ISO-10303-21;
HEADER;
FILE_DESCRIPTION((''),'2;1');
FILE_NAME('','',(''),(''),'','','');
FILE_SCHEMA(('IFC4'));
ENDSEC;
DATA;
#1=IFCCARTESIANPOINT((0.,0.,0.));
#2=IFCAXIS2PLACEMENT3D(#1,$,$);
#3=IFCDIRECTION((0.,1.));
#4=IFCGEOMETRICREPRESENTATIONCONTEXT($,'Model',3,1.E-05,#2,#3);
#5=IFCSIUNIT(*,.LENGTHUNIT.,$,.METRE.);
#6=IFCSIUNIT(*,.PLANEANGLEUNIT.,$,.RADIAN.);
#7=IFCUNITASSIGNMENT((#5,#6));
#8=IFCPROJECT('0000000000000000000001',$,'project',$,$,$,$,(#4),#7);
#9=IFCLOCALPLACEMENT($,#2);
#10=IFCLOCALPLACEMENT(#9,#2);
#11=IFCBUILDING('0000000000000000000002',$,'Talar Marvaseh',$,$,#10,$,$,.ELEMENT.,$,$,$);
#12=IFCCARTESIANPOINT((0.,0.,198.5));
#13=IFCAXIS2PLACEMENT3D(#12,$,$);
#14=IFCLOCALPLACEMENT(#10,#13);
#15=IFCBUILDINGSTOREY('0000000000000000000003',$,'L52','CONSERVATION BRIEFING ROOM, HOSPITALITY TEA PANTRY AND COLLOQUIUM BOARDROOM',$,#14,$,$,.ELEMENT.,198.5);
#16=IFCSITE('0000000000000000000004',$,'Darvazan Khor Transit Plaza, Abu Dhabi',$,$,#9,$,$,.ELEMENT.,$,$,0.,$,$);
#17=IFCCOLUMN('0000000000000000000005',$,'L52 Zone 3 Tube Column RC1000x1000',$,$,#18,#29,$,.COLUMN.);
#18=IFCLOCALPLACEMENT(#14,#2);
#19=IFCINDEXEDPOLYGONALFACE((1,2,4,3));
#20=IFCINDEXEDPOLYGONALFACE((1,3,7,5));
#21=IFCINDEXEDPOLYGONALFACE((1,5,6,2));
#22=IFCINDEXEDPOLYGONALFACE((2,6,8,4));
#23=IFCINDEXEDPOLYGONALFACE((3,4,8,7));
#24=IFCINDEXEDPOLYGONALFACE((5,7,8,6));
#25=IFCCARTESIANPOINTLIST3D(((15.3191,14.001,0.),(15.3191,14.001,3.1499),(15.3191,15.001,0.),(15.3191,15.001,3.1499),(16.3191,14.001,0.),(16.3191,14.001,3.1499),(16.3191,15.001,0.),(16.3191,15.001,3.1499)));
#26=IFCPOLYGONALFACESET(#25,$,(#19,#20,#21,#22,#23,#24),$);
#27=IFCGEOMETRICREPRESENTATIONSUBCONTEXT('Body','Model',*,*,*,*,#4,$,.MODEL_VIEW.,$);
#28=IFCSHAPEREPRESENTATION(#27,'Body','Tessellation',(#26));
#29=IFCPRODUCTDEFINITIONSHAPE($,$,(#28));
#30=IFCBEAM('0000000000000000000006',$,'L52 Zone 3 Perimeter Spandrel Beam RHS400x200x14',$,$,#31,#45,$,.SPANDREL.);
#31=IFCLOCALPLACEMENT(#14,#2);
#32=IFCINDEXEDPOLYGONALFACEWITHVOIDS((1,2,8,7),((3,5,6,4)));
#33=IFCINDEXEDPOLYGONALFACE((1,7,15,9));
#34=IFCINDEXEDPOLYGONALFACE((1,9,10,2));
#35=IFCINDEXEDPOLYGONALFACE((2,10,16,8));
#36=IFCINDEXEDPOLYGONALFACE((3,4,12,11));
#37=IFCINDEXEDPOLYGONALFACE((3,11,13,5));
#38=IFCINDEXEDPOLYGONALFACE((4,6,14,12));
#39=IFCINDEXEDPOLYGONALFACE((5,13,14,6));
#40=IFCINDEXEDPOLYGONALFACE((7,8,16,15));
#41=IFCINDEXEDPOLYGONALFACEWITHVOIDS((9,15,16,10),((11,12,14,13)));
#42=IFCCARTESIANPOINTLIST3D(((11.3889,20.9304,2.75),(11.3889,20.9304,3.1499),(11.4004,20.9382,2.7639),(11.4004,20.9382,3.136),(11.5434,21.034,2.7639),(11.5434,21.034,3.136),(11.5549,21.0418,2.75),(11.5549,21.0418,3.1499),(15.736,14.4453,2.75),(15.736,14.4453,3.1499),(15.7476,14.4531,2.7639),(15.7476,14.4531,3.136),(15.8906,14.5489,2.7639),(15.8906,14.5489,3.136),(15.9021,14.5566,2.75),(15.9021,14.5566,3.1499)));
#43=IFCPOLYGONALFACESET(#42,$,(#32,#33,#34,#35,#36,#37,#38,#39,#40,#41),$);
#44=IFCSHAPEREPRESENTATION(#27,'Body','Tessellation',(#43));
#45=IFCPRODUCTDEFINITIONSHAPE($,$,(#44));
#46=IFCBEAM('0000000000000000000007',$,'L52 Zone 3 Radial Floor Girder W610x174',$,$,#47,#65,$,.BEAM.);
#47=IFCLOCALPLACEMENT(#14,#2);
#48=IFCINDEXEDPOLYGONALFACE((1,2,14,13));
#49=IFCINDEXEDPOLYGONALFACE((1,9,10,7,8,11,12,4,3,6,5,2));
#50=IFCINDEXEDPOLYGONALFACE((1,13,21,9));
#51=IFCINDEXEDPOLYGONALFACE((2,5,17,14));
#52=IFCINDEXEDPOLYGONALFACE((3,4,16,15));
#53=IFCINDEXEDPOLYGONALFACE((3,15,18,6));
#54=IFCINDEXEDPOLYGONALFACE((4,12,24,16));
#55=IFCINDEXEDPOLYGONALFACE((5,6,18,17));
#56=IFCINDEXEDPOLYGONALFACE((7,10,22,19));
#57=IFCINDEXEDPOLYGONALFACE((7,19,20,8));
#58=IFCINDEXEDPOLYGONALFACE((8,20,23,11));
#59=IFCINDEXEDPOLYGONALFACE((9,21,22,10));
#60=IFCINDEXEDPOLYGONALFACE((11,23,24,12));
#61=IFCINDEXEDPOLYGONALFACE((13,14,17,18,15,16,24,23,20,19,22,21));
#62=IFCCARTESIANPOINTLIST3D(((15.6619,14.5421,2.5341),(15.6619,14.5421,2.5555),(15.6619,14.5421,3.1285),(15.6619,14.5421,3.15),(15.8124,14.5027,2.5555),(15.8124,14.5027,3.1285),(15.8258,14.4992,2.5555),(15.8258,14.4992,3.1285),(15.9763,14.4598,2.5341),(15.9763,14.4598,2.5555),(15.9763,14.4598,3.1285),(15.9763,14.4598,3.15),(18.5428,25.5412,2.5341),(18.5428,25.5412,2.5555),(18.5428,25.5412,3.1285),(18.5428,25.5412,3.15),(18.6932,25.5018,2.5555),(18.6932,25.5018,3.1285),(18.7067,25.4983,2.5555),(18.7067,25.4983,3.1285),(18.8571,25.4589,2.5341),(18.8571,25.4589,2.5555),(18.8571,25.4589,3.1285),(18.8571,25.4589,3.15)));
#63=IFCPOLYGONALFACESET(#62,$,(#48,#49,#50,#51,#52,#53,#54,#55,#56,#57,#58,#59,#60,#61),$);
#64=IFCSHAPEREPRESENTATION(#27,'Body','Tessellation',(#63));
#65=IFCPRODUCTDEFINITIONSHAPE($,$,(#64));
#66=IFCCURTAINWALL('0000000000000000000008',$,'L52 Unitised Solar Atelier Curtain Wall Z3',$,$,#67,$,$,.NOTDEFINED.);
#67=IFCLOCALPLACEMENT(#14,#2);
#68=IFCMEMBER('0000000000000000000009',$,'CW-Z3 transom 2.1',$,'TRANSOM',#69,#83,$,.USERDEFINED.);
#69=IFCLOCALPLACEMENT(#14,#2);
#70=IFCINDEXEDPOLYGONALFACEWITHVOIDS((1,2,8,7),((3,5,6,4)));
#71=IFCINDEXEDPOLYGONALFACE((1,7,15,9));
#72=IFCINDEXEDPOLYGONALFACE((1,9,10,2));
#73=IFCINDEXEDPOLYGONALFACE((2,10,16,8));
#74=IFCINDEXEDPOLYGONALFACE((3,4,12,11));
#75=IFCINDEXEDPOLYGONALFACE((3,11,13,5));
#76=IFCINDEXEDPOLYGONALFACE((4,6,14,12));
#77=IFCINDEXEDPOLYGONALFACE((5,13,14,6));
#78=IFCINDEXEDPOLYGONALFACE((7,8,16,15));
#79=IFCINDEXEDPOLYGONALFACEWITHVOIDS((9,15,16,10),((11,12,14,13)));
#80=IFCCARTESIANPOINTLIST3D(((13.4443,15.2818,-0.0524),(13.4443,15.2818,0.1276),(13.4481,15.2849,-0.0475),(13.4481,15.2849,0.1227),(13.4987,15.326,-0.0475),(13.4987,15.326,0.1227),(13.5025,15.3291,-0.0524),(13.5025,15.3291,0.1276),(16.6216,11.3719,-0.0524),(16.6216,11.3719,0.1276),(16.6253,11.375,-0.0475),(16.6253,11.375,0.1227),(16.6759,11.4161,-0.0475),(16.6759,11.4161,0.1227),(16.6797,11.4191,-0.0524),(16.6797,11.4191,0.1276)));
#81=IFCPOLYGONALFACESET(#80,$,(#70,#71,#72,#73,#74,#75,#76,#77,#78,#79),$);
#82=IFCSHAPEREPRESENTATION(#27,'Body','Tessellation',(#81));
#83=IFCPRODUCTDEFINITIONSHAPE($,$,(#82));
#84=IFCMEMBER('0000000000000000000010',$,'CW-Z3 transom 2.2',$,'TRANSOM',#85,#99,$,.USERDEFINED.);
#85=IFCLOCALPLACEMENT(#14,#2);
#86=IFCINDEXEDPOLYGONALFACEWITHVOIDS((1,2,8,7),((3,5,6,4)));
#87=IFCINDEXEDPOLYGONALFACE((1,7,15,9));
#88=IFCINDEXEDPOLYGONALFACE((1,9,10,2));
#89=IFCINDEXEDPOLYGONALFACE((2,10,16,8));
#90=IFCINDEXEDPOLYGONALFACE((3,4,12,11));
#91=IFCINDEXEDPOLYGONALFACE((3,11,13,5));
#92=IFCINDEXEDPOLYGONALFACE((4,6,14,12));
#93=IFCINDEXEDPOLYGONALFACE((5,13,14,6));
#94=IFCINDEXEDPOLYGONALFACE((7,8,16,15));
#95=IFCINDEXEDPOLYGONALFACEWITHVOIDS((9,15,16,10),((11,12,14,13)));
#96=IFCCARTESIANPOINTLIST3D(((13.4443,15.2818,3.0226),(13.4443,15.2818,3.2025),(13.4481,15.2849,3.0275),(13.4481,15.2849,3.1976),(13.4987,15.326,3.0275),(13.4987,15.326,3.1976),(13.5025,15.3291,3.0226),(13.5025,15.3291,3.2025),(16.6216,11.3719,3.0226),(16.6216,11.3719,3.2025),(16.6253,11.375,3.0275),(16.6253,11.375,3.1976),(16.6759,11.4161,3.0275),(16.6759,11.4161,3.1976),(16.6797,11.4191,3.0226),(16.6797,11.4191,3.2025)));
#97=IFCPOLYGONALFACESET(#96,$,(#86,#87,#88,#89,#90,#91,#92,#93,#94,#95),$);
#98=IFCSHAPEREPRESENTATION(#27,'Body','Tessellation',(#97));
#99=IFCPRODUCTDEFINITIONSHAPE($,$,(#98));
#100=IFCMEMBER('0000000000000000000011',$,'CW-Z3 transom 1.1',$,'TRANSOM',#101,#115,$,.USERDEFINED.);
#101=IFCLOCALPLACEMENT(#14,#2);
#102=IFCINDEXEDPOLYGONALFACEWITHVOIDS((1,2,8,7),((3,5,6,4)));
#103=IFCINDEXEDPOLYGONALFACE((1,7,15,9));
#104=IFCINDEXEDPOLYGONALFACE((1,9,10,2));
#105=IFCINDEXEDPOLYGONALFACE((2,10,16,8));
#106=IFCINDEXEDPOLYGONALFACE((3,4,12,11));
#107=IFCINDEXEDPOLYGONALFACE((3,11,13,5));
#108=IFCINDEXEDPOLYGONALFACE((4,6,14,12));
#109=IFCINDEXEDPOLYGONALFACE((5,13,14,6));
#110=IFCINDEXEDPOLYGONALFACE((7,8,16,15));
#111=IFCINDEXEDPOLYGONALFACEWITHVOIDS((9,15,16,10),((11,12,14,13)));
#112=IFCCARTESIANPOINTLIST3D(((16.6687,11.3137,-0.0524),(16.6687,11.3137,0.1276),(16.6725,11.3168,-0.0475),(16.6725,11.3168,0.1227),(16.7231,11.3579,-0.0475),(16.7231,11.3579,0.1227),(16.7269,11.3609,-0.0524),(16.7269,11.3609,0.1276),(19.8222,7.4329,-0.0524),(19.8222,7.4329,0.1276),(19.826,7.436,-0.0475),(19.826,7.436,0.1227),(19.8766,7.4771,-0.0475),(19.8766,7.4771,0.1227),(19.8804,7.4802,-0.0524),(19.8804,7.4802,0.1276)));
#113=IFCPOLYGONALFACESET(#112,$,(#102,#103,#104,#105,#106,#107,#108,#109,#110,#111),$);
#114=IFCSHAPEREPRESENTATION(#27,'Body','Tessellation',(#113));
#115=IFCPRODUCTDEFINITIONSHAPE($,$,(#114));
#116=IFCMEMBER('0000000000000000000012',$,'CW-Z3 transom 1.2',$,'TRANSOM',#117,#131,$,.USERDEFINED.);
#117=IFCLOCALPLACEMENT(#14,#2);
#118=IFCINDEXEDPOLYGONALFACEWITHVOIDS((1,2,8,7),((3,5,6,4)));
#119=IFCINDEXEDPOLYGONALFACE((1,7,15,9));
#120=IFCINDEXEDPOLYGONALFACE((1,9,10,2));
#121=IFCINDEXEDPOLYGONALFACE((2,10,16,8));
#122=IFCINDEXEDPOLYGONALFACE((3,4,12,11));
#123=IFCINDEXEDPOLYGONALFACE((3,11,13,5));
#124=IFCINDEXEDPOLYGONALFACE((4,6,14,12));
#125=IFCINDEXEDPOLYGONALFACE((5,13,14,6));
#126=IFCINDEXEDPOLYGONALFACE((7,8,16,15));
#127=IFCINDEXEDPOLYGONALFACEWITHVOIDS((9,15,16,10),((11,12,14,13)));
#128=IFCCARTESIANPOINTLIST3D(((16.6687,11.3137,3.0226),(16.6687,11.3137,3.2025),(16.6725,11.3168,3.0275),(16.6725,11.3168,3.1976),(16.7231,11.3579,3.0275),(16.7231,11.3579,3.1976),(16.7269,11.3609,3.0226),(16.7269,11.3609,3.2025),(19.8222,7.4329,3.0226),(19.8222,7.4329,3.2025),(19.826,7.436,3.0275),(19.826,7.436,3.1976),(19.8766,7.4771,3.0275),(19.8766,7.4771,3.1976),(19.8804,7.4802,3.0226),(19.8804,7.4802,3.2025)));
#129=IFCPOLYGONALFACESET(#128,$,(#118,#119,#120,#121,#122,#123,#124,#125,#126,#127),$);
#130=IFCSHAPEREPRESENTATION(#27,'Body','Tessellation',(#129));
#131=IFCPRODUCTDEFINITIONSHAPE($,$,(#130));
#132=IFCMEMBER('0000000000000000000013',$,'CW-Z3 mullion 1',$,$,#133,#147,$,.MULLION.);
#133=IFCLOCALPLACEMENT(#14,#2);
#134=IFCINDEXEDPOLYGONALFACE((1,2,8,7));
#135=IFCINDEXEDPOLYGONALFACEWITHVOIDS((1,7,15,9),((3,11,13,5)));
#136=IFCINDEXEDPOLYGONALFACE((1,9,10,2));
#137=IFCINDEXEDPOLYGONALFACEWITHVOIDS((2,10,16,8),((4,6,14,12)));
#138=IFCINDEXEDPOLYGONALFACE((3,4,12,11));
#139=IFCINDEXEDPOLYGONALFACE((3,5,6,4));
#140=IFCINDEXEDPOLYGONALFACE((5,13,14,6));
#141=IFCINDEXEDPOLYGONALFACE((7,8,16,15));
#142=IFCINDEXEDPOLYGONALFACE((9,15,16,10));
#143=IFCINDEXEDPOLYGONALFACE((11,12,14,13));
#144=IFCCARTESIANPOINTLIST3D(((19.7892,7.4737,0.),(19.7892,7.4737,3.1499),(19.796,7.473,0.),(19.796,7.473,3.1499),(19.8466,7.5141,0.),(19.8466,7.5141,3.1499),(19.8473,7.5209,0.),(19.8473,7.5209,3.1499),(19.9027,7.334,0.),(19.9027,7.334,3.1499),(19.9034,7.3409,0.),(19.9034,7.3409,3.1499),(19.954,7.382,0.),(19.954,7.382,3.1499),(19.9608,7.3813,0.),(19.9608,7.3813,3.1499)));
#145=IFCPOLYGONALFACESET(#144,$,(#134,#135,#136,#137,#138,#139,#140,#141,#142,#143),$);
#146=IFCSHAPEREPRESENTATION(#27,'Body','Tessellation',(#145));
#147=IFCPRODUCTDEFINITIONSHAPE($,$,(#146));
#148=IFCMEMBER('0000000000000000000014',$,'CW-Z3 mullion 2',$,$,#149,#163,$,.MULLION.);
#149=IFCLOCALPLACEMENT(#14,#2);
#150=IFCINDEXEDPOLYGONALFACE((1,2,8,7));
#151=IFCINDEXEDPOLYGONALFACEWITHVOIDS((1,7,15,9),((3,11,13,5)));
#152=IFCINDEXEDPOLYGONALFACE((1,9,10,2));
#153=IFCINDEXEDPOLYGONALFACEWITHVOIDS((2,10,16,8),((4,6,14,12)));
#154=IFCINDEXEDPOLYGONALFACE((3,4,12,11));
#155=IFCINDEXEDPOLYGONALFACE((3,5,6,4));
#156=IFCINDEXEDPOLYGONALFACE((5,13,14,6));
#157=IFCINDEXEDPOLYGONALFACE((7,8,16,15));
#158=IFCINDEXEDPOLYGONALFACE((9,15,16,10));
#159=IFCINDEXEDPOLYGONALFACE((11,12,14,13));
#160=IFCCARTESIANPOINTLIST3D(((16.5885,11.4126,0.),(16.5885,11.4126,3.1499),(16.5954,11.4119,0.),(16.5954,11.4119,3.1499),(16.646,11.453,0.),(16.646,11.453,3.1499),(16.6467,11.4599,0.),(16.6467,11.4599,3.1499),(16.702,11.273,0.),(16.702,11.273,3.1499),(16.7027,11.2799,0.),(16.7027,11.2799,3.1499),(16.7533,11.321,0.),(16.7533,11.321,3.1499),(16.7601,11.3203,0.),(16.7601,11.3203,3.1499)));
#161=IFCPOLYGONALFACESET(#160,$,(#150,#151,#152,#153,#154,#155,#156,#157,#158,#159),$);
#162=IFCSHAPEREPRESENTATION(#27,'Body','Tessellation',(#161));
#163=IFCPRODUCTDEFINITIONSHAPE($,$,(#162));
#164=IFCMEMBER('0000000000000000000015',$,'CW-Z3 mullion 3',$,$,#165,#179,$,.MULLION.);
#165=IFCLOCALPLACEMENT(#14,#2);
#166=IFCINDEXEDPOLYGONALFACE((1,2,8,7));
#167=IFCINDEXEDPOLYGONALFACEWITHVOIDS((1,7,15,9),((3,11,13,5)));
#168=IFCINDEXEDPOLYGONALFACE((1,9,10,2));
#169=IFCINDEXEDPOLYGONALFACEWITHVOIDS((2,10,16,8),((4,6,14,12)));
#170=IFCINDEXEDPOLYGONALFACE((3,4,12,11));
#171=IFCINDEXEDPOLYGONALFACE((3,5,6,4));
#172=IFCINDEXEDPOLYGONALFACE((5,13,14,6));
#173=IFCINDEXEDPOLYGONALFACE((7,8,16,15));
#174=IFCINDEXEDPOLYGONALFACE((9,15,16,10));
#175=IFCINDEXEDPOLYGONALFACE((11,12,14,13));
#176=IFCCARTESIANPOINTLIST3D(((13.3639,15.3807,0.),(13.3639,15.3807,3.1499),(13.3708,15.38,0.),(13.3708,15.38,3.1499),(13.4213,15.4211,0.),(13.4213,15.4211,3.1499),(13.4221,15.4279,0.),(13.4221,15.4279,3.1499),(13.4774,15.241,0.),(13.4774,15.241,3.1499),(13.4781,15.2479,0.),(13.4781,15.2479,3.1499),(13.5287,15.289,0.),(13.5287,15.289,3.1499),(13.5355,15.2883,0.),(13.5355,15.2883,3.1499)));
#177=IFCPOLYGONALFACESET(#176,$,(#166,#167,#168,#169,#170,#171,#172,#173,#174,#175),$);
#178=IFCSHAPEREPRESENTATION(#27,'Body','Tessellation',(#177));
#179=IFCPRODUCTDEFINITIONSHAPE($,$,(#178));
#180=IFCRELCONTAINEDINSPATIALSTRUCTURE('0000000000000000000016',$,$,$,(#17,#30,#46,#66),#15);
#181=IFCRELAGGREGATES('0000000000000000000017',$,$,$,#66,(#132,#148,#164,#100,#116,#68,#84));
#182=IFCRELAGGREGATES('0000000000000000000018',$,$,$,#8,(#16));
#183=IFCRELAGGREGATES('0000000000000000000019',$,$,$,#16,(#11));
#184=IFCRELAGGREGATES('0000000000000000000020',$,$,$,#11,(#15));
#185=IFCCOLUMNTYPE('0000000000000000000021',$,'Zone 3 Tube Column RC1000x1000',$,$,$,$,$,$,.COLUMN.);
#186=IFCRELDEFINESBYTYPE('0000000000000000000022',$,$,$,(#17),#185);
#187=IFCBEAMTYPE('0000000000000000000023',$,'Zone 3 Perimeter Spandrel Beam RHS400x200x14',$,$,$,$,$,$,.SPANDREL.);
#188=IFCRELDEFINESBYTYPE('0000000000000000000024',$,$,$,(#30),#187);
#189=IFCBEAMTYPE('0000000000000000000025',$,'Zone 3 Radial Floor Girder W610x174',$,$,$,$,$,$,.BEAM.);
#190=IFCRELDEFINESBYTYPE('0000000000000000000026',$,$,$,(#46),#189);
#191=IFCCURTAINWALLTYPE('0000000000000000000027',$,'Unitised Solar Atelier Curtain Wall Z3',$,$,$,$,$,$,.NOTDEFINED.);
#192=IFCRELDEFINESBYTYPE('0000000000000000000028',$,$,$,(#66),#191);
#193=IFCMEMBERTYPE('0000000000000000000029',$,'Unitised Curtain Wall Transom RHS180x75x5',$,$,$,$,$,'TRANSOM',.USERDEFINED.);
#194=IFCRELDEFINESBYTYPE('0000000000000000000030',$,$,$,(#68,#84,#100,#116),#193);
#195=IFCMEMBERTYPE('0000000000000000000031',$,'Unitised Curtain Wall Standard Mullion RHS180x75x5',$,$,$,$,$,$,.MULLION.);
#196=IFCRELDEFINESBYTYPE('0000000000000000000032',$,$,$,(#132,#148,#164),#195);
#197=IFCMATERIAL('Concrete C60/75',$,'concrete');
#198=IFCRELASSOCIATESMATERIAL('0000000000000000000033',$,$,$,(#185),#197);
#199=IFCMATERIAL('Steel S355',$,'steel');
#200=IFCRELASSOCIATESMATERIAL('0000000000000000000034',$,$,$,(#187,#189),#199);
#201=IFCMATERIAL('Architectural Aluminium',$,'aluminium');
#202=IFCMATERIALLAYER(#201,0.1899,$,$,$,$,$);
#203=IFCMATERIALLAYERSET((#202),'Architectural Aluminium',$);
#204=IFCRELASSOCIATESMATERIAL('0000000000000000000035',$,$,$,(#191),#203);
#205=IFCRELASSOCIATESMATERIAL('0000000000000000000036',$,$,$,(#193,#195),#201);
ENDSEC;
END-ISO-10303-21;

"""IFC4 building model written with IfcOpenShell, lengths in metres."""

from ifc_helpers import new_model, si_unit, direction, frame, origin, origin_2d, place, context, subcontext, project, spatial, rectangle, hollow_rectangle, i_section, extrude, source, transform, mapped, material, layer, layer_set, material_profile, profile_set, type_object, type_shapes, element, aggregate, save


model = new_model("IFC4")

# Units and contexts
model_context = context("Model", 3, precision=1e-05, world=origin(), true_north=direction((0.0, 1.0)))
body_context = subcontext(model_context, "Body", "Model", "MODEL_VIEW")
ifc_project = project(units=[si_unit("LENGTHUNIT", "METRE"), si_unit("PLANEANGLEUNIT", "RADIAN")], contexts=[model_context])

# Site, building, storey
site_placement = place(None, origin())
site = spatial("IfcSite", under=ifc_project, at=site_placement, Name="Darvazan Khor Transit Plaza, Abu Dhabi", CompositionType="ELEMENT", RefElevation=0.0)
building_placement = place(site_placement, origin())
building = spatial("IfcBuilding", under=site, at=building_placement, Name="Talar Marvaseh", CompositionType="ELEMENT")
storey_placement = place(building_placement, frame((0.0, 0.0, 198.5)))
storey = spatial("IfcBuildingStorey", under=building, at=storey_placement, Name="L52", Description="CONSERVATION BRIEFING ROOM, HOSPITALITY TEA PANTRY AND COLLOQUIUM BOARDROOM", CompositionType="ELEMENT", Elevation=198.5)

# Column
ifc_material_1 = material(Name="Concrete C60/75", Category="concrete")
ifc_material_profile_1 = material_profile(ifc_material_1, rectangle(XDim=1.0, YDim=1.0, at=origin_2d()), Name="RC1000x1000")
ifc_profile_set_1 = profile_set([ifc_material_profile_1], Name="Concrete C60/75")
column_type = type_object("IfcColumnType", Name="Zone 3 Tube Column RC1000x1000", PredefinedType="COLUMN", material=ifc_profile_set_1)
column_placement = place(storey_placement, frame((15.8191, 14.501, 0.0), z_axis=(0.0, 0.0, 1.0), x_axis=(1.0, 0.0, 0.0)))
element("IfcColumn", 1, at=column_placement, inside=storey, type_object=column_type, Name="L52 Zone 3 Tube Column RC1000x1000", PredefinedType="COLUMN", context=body_context, shape_type="SweptSolid", body=[
    extrude(rectangle(XDim=1.0, YDim=1.0, at=origin_2d()), origin(), (0.0, 0.0, 1.0), 3.1499),
])

# Beams
ifc_material_2 = material(Name="Steel S355", Category="steel")
ifc_material_profile_2 = material_profile(ifc_material_2, hollow_rectangle(XDim=0.2, YDim=0.3999, WallThickness=0.0139, at=origin_2d()), Name="RHS400x200x14")
ifc_profile_set_2 = profile_set([ifc_material_profile_2], Name="Steel S355")
beam_type_1 = type_object("IfcBeamType", Name="Zone 3 Perimeter Spandrel Beam RHS400x200x14", PredefinedType="SPANDREL", material=ifc_profile_set_2)
beam_1_placement = place(storey_placement, frame((15.8191, 14.501, 2.95), z_axis=(-0.556806, 0.830643, 0.0), x_axis=(-0.830643, -0.556806, 0.0)))
element("IfcBeam", 2, at=beam_1_placement, inside=storey, type_object=beam_type_1, Name="L52 Zone 3 Perimeter Spandrel Beam RHS400x200x14", PredefinedType="SPANDREL", context=body_context, shape_type="SweptSolid", body=[
    extrude(hollow_rectangle(XDim=0.2, YDim=0.3999, WallThickness=0.0139, at=origin_2d()), origin(), (0.0, 0.0, 1.0), 7.8074),
])
ifc_material_profile_3 = material_profile(ifc_material_2, i_section(OverallWidth=0.325, OverallDepth=0.616, WebThickness=0.0139, FlangeThickness=0.0215, at=origin_2d()), Name="W610x174")
ifc_profile_set_3 = profile_set([ifc_material_profile_3], Name="Steel S355")
beam_type_2 = type_object("IfcBeamType", Name="Zone 3 Radial Floor Girder W610x174", PredefinedType="BEAM", material=ifc_profile_set_3)
beam_2_placement = place(storey_placement, frame((15.8191, 14.501, 2.842), z_axis=(0.253373, 0.967369, 0.0), x_axis=(-0.967369, 0.253373, 0.0)))
element("IfcBeam", 3, at=beam_2_placement, inside=storey, type_object=beam_type_2, Name="L52 Zone 3 Radial Floor Girder W610x174", PredefinedType="BEAM", context=body_context, shape_type="SweptSolid", body=[
    extrude(i_section(OverallWidth=0.325, OverallDepth=0.616, WebThickness=0.0139, FlangeThickness=0.0215, at=origin_2d()), origin(), (0.0, 0.0, 1.0), 11.3701),
])

# Curtain wall, members
ifc_material_3 = material(Name="Architectural Aluminium", Category="aluminium")
ifc_layer_1 = layer(ifc_material_3, 0.1899)
ifc_layer_set_1 = layer_set([ifc_layer_1], Name="Architectural Aluminium")
curtain_wall_type = type_object("IfcCurtainWallType", Name="Unitised Solar Atelier Curtain Wall Z3", PredefinedType="NOTDEFINED", material=ifc_layer_set_1)
curtain_wall_placement = place(storey_placement, origin())
curtain_wall = element("IfcCurtainWall", 4, at=curtain_wall_placement, inside=storey, type_object=curtain_wall_type, Name="L52 Unitised Solar Atelier Curtain Wall Z3", PredefinedType="NOTDEFINED")
ifc_material_profile_4 = material_profile(ifc_material_3, hollow_rectangle(XDim=0.075, YDim=0.1799, WallThickness=0.0049, at=origin_2d()), Name="RHS180x75x5")
ifc_profile_set_4 = profile_set([ifc_material_profile_4], Name="Architectural Aluminium")
member_type_1 = type_object("IfcMemberType", Name="Unitised Curtain Wall Transom RHS180x75x5", ElementType="TRANSOM", PredefinedType="USERDEFINED", material=ifc_profile_set_4)
shared_shape_1 = source(origin(), body_context, "Body", "SweptSolid", [
    extrude(hollow_rectangle(XDim=0.075, YDim=0.1799, WallThickness=0.0049, at=origin_2d()), origin(), (0.0, 0.0, 1.0), 5.0381),
])
member_1_placement = place(storey_placement, frame((16.6506, 11.3955, 0.0376), z_axis=(-0.630646, 0.776071, 0.0), x_axis=(-0.776071, -0.630646, 0.0)))
member_1 = element("IfcMember", 5, at=member_1_placement, type_object=member_type_1, Name="CW-Z3 transom 2.1", ObjectType="TRANSOM", PredefinedType="USERDEFINED", context=body_context, shape_type="MappedRepresentation", body=[
    mapped(shared_shape_1, transform((0.0, 0.0, 0.0), x_axis=(1.0, 0.0, 0.0), y_axis=(0.0, 1.0, 0.0), z_axis=(0.0, 0.0, 1.0), scale=1.0)),
])
member_2_placement = place(storey_placement, frame((16.6506, 11.3955, 3.1125), z_axis=(-0.630646, 0.776071, 0.0), x_axis=(-0.776071, -0.630646, 0.0)))
member_2 = element("IfcMember", 6, at=member_2_placement, type_object=member_type_1, Name="CW-Z3 transom 2.2", ObjectType="TRANSOM", PredefinedType="USERDEFINED", context=body_context, shape_type="MappedRepresentation", body=[
    mapped(shared_shape_1, transform((0.0, 0.0, 0.0), x_axis=(1.0, 0.0, 0.0), y_axis=(0.0, 1.0, 0.0), z_axis=(0.0, 0.0, 1.0), scale=1.0)),
])
shared_shape_2 = source(origin(), body_context, "Body", "SweptSolid", [
    extrude(hollow_rectangle(XDim=0.075, YDim=0.1799, WallThickness=0.0049, at=origin_2d()), origin(), (0.0, 0.0, 1.0), 5.0005),
])
type_shapes(member_type_1, [shared_shape_1, shared_shape_2])
member_3_placement = place(storey_placement, frame((19.8513, 7.4565, 0.0376), z_axis=(-0.630637, 0.776078, 0.0), x_axis=(-0.776078, -0.630637, 0.0)))
member_3 = element("IfcMember", 7, at=member_3_placement, type_object=member_type_1, Name="CW-Z3 transom 1.1", ObjectType="TRANSOM", PredefinedType="USERDEFINED", context=body_context, shape_type="MappedRepresentation", body=[
    mapped(shared_shape_2, transform((0.0, 0.0, 0.0), x_axis=(1.0, 0.0, 0.0), y_axis=(0.0, 1.0, 0.0), z_axis=(0.0, 0.0, 1.0), scale=1.0)),
])
member_4_placement = place(storey_placement, frame((19.8513, 7.4565, 3.1125), z_axis=(-0.630637, 0.776078, 0.0), x_axis=(-0.776078, -0.630637, 0.0)))
member_4 = element("IfcMember", 8, at=member_4_placement, type_object=member_type_1, Name="CW-Z3 transom 1.2", ObjectType="TRANSOM", PredefinedType="USERDEFINED", context=body_context, shape_type="MappedRepresentation", body=[
    mapped(shared_shape_2, transform((0.0, 0.0, 0.0), x_axis=(1.0, 0.0, 0.0), y_axis=(0.0, 1.0, 0.0), z_axis=(0.0, 0.0, 1.0), scale=1.0)),
])
ifc_material_profile_5 = material_profile(ifc_material_3, hollow_rectangle(XDim=0.075, YDim=0.1799, WallThickness=0.0049, at=origin_2d()), Name="RHS180x75x5")
ifc_profile_set_5 = profile_set([ifc_material_profile_5], Name="Architectural Aluminium")
member_type_2 = type_object("IfcMemberType", Name="Unitised Curtain Wall Standard Mullion RHS180x75x5", PredefinedType="MULLION", material=ifc_profile_set_5)
shared_shape_3 = source(origin(), body_context, "Body", "SweptSolid", [
    extrude(hollow_rectangle(XDim=0.075, YDim=0.1799, WallThickness=0.0049, at=origin_2d()), origin(), (0.0, 0.0, 1.0), 3.1499),
])
type_shapes(member_type_2, [shared_shape_3])
member_5_placement = place(storey_placement, frame((19.875, 7.4275, 0.0), z_axis=(0.0, 0.0, 1.0), x_axis=(-0.776086, -0.630627, 0.0)))
member_5 = element("IfcMember", 9, at=member_5_placement, type_object=member_type_2, Name="CW-Z3 mullion 1", PredefinedType="MULLION", context=body_context, shape_type="MappedRepresentation", body=[
    mapped(shared_shape_3, transform((0.0, 0.0, 0.0), x_axis=(1.0, 0.0, 0.0), y_axis=(0.0, 1.0, 0.0), z_axis=(0.0, 0.0, 1.0), scale=1.0)),
])
member_6_placement = place(storey_placement, frame((16.6743, 11.3665, 0.0), z_axis=(0.0, 0.0, 1.0), x_axis=(-0.776086, -0.630627, 0.0)))
member_6 = element("IfcMember", 10, at=member_6_placement, type_object=member_type_2, Name="CW-Z3 mullion 2", PredefinedType="MULLION", context=body_context, shape_type="MappedRepresentation", body=[
    mapped(shared_shape_3, transform((0.0, 0.0, 0.0), x_axis=(1.0, 0.0, 0.0), y_axis=(0.0, 1.0, 0.0), z_axis=(0.0, 0.0, 1.0), scale=1.0)),
])
member_7_placement = place(storey_placement, frame((13.4497, 15.3345, 0.0), z_axis=(0.0, 0.0, 1.0), x_axis=(-0.776086, -0.630627, 0.0)))
member_7 = element("IfcMember", 11, at=member_7_placement, type_object=member_type_2, Name="CW-Z3 mullion 3", PredefinedType="MULLION", context=body_context, shape_type="MappedRepresentation", body=[
    mapped(shared_shape_3, transform((0.0, 0.0, 0.0), x_axis=(1.0, 0.0, 0.0), y_axis=(0.0, 1.0, 0.0), z_axis=(0.0, 0.0, 1.0), scale=1.0)),
])

aggregate(curtain_wall, [member_5, member_6, member_7, member_3, member_4, member_1, member_2])

save(model, "model.ifc")
